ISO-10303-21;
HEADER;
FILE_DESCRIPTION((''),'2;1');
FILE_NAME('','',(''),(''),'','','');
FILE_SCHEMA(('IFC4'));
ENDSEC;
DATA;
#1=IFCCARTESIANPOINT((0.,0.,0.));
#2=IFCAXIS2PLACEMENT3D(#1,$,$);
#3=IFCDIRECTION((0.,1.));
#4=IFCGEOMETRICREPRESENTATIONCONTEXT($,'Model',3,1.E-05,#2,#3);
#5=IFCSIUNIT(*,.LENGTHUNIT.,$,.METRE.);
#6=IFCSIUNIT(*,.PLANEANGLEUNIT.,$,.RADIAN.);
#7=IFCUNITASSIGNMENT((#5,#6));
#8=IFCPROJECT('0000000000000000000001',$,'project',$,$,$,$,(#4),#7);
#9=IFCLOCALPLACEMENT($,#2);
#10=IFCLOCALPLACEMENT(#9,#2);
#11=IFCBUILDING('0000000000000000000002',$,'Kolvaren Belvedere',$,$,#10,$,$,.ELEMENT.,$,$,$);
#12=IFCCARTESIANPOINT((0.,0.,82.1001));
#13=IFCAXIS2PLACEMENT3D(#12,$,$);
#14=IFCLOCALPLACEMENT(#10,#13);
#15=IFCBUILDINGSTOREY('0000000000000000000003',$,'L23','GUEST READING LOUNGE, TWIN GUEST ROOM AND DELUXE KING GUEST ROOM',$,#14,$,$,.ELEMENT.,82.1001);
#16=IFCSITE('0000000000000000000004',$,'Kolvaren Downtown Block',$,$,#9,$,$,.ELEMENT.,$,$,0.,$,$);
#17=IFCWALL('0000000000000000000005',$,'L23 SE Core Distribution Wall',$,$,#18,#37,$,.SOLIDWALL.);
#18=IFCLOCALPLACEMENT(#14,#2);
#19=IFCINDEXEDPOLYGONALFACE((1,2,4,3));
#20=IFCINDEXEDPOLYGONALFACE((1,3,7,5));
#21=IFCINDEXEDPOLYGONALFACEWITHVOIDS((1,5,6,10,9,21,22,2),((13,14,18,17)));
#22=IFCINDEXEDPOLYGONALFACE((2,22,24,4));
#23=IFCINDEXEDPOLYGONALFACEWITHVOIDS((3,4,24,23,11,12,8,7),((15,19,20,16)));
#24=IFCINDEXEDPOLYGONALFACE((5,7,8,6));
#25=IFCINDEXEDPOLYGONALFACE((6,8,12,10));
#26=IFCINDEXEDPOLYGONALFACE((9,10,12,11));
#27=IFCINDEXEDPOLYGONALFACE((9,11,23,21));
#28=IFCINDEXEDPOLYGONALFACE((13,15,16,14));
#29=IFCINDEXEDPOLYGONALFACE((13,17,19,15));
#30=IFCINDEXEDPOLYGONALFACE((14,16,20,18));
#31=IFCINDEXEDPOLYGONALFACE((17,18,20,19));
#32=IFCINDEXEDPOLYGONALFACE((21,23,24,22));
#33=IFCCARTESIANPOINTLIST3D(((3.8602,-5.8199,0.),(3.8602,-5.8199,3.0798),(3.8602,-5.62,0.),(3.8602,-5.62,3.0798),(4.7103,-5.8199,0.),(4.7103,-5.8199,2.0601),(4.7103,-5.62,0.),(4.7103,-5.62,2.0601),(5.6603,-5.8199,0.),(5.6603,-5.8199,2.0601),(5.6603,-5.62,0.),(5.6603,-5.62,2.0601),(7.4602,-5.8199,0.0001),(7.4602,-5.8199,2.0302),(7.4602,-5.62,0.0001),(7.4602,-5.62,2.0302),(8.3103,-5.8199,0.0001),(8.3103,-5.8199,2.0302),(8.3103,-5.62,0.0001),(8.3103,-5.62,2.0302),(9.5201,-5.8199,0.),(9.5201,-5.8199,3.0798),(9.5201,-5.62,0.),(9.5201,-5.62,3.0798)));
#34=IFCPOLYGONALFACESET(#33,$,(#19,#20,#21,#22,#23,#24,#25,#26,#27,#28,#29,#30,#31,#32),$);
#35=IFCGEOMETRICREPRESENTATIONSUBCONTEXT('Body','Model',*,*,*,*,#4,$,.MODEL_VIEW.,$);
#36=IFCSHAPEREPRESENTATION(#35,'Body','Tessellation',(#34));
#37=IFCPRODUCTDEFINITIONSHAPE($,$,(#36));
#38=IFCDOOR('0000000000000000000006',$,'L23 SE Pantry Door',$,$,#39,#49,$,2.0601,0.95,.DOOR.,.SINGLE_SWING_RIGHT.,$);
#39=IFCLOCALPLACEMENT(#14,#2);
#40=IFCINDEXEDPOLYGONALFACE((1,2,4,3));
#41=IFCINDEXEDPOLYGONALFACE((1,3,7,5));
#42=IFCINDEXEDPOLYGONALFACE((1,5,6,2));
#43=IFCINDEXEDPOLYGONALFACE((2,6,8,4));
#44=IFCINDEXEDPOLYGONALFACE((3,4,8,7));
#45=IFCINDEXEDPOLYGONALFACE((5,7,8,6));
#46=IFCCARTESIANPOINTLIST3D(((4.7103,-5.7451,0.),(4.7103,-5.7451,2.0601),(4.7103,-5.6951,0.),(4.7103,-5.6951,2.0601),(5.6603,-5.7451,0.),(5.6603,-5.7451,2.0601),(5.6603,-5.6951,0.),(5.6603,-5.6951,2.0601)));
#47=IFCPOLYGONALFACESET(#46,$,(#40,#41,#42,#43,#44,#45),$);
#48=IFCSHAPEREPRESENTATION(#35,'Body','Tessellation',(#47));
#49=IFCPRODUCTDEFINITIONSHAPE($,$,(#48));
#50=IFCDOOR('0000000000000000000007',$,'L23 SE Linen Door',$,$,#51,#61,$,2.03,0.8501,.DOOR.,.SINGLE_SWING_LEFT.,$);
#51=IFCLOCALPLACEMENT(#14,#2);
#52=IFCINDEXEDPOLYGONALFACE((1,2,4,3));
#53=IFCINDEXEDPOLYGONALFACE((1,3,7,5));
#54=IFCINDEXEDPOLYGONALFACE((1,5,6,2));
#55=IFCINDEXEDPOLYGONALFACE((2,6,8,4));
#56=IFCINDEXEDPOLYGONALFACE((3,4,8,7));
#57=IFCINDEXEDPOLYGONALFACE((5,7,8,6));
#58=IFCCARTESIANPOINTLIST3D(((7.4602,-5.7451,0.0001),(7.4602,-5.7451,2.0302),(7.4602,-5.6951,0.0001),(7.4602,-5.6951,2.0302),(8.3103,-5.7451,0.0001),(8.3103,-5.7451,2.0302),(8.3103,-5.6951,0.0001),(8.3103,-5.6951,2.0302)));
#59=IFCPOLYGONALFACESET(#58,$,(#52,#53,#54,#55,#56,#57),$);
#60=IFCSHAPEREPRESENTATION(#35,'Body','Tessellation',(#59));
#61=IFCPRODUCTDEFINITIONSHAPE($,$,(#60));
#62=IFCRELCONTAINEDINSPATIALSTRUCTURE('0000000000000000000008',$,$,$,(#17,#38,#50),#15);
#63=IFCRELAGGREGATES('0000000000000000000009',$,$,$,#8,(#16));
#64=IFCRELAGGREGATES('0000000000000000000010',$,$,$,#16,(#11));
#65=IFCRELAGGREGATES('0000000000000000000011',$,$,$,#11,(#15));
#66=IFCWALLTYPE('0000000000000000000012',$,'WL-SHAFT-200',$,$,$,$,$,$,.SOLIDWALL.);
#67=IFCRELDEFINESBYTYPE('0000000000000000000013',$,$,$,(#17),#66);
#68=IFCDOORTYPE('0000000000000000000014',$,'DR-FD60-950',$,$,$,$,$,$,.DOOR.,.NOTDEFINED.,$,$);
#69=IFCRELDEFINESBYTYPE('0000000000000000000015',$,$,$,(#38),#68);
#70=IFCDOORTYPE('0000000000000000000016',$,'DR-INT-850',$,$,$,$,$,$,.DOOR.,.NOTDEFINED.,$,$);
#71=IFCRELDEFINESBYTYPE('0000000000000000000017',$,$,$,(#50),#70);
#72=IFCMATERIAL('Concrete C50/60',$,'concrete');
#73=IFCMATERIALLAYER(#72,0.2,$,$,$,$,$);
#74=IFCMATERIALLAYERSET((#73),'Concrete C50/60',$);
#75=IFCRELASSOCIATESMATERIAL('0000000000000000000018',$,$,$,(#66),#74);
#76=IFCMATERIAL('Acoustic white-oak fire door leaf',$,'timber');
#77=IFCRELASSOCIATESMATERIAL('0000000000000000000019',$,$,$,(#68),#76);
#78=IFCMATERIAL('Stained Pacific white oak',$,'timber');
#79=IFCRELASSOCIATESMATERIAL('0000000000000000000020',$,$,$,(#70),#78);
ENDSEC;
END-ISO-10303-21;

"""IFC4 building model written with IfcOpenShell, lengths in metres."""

from ifc_helpers import new_model, si_unit, direction, frame, frame_2d, origin, place, context, subcontext, project, spatial, rectangle, extrude, material, layer, layer_set, type_object, element, fill, save


model = new_model("IFC4")

# Units and contexts
model_context = context("Model", 3, precision=1e-05, world=origin(), true_north=direction((0.0, 1.0)))
body_context = subcontext(model_context, "Body", "Model", "MODEL_VIEW")
ifc_project = project(units=[si_unit("LENGTHUNIT", "METRE"), si_unit("PLANEANGLEUNIT", "RADIAN")], contexts=[model_context])

# Site, building, storey
site_placement = place(None, origin())
site = spatial("IfcSite", under=ifc_project, at=site_placement, Name="Kolvaren Downtown Block", CompositionType="ELEMENT", RefElevation=0.0)
building_placement = place(site_placement, origin())
building = spatial("IfcBuilding", under=site, at=building_placement, Name="Kolvaren Belvedere", CompositionType="ELEMENT")
storey_placement = place(building_placement, frame((0.0, 0.0, 82.1001)))
storey = spatial("IfcBuildingStorey", under=building, at=storey_placement, Name="L23", Description="GUEST READING LOUNGE, TWIN GUEST ROOM AND DELUXE KING GUEST ROOM", CompositionType="ELEMENT", Elevation=82.1001)

# Shared definitions
ifc_material_1 = material(Name="Concrete C50/60", Category="concrete")
ifc_layer_1 = layer(ifc_material_1, 0.2)
ifc_layer_set_1 = layer_set([ifc_layer_1], Name="Concrete C50/60")
wall_type_1 = type_object("IfcWallType", Name="WL-SHAFT-200", PredefinedType="SOLIDWALL", material=ifc_layer_set_1)
ifc_material_2 = material(Name="Acoustic white-oak fire door leaf", Category="timber")
door_type_1 = type_object("IfcDoorType", Name="DR-FD60-950", OperationType="NOTDEFINED", PredefinedType="DOOR", material=ifc_material_2)

# Wall, openings, doors
wall_1_placement = place(storey_placement, frame((3.8601, -5.72, 0.0), z_axis=(0.0, 0.0, 1.0), x_axis=(1.0, 0.0, 0.0)))
wall_1 = element("IfcWall", 1, at=wall_1_placement, inside=storey, type_object=wall_type_1, Name="L23 SE Core Distribution Wall", PredefinedType="SOLIDWALL", context=body_context, shape_type="SweptSolid", body=[
    extrude(rectangle(XDim=5.6599, YDim=0.2, at=frame_2d((2.8301, 0.0))), origin(), (0.0, 0.0, 1.0), 3.0798),
])
opening_1_placement = place(wall_1_placement, frame((0.8501, 0.0, 0.0)))
opening_1 = element("IfcOpeningElement", 2, at=opening_1_placement, cuts=wall_1, PredefinedType="OPENING", context=body_context, shape_type="SweptSolid", body=[
    extrude(rectangle(XDim=0.95, YDim=2.0601, at=frame_2d((0.4751, 1.03))), frame((0.0, 0.1099, 0.0), z_axis=(0.0, -1.0, 0.0), x_axis=(1.0, 0.0, 0.0)), (0.0, 0.0, 1.0), 0.22),
])
opening_2_placement = place(wall_1_placement, frame((3.6001, 0.0, 0.0)))
opening_2 = element("IfcOpeningElement", 3, at=opening_2_placement, cuts=wall_1, PredefinedType="OPENING", context=body_context, shape_type="SweptSolid", body=[
    extrude(rectangle(XDim=0.8501, YDim=2.03, at=frame_2d((0.425, 1.0151))), frame((0.0, 0.1099, 0.0), z_axis=(0.0, -1.0, 0.0), x_axis=(1.0, 0.0, 0.0)), (0.0, 0.0, 1.0), 0.22),
])
door_1_placement = place(opening_1_placement, origin())
door_1 = element("IfcDoor", 4, at=door_1_placement, inside=storey, type_object=door_type_1, Name="L23 SE Pantry Door", OperationType="SINGLE_SWING_RIGHT", OverallHeight=2.0601, OverallWidth=0.95, PredefinedType="DOOR", context=body_context, shape_type="SweptSolid", body=[
    extrude(rectangle(XDim=0.95, YDim=2.0601, at=frame_2d((0.4751, 1.03))), frame((0.0, 0.0249, 0.0), z_axis=(0.0, -1.0, 0.0), x_axis=(1.0, 0.0, 0.0)), (0.0, 0.0, 1.0), 0.05),
])
fill(opening_1, door_1)
ifc_material_3 = material(Name="Stained Pacific white oak", Category="timber")
door_type_2 = type_object("IfcDoorType", Name="DR-INT-850", OperationType="NOTDEFINED", PredefinedType="DOOR", material=ifc_material_3)
door_2_placement = place(opening_2_placement, origin())
door_2 = element("IfcDoor", 5, at=door_2_placement, inside=storey, type_object=door_type_2, Name="L23 SE Linen Door", OperationType="SINGLE_SWING_LEFT", OverallHeight=2.03, OverallWidth=0.8501, PredefinedType="DOOR", context=body_context, shape_type="SweptSolid", body=[
    extrude(rectangle(XDim=0.8501, YDim=2.03, at=frame_2d((0.425, 1.0151))), frame((0.0, 0.0249, 0.0), z_axis=(0.0, -1.0, 0.0), x_axis=(1.0, 0.0, 0.0)), (0.0, 0.0, 1.0), 0.05),
])
fill(opening_2, door_2)

save(model, "model.ifc")
